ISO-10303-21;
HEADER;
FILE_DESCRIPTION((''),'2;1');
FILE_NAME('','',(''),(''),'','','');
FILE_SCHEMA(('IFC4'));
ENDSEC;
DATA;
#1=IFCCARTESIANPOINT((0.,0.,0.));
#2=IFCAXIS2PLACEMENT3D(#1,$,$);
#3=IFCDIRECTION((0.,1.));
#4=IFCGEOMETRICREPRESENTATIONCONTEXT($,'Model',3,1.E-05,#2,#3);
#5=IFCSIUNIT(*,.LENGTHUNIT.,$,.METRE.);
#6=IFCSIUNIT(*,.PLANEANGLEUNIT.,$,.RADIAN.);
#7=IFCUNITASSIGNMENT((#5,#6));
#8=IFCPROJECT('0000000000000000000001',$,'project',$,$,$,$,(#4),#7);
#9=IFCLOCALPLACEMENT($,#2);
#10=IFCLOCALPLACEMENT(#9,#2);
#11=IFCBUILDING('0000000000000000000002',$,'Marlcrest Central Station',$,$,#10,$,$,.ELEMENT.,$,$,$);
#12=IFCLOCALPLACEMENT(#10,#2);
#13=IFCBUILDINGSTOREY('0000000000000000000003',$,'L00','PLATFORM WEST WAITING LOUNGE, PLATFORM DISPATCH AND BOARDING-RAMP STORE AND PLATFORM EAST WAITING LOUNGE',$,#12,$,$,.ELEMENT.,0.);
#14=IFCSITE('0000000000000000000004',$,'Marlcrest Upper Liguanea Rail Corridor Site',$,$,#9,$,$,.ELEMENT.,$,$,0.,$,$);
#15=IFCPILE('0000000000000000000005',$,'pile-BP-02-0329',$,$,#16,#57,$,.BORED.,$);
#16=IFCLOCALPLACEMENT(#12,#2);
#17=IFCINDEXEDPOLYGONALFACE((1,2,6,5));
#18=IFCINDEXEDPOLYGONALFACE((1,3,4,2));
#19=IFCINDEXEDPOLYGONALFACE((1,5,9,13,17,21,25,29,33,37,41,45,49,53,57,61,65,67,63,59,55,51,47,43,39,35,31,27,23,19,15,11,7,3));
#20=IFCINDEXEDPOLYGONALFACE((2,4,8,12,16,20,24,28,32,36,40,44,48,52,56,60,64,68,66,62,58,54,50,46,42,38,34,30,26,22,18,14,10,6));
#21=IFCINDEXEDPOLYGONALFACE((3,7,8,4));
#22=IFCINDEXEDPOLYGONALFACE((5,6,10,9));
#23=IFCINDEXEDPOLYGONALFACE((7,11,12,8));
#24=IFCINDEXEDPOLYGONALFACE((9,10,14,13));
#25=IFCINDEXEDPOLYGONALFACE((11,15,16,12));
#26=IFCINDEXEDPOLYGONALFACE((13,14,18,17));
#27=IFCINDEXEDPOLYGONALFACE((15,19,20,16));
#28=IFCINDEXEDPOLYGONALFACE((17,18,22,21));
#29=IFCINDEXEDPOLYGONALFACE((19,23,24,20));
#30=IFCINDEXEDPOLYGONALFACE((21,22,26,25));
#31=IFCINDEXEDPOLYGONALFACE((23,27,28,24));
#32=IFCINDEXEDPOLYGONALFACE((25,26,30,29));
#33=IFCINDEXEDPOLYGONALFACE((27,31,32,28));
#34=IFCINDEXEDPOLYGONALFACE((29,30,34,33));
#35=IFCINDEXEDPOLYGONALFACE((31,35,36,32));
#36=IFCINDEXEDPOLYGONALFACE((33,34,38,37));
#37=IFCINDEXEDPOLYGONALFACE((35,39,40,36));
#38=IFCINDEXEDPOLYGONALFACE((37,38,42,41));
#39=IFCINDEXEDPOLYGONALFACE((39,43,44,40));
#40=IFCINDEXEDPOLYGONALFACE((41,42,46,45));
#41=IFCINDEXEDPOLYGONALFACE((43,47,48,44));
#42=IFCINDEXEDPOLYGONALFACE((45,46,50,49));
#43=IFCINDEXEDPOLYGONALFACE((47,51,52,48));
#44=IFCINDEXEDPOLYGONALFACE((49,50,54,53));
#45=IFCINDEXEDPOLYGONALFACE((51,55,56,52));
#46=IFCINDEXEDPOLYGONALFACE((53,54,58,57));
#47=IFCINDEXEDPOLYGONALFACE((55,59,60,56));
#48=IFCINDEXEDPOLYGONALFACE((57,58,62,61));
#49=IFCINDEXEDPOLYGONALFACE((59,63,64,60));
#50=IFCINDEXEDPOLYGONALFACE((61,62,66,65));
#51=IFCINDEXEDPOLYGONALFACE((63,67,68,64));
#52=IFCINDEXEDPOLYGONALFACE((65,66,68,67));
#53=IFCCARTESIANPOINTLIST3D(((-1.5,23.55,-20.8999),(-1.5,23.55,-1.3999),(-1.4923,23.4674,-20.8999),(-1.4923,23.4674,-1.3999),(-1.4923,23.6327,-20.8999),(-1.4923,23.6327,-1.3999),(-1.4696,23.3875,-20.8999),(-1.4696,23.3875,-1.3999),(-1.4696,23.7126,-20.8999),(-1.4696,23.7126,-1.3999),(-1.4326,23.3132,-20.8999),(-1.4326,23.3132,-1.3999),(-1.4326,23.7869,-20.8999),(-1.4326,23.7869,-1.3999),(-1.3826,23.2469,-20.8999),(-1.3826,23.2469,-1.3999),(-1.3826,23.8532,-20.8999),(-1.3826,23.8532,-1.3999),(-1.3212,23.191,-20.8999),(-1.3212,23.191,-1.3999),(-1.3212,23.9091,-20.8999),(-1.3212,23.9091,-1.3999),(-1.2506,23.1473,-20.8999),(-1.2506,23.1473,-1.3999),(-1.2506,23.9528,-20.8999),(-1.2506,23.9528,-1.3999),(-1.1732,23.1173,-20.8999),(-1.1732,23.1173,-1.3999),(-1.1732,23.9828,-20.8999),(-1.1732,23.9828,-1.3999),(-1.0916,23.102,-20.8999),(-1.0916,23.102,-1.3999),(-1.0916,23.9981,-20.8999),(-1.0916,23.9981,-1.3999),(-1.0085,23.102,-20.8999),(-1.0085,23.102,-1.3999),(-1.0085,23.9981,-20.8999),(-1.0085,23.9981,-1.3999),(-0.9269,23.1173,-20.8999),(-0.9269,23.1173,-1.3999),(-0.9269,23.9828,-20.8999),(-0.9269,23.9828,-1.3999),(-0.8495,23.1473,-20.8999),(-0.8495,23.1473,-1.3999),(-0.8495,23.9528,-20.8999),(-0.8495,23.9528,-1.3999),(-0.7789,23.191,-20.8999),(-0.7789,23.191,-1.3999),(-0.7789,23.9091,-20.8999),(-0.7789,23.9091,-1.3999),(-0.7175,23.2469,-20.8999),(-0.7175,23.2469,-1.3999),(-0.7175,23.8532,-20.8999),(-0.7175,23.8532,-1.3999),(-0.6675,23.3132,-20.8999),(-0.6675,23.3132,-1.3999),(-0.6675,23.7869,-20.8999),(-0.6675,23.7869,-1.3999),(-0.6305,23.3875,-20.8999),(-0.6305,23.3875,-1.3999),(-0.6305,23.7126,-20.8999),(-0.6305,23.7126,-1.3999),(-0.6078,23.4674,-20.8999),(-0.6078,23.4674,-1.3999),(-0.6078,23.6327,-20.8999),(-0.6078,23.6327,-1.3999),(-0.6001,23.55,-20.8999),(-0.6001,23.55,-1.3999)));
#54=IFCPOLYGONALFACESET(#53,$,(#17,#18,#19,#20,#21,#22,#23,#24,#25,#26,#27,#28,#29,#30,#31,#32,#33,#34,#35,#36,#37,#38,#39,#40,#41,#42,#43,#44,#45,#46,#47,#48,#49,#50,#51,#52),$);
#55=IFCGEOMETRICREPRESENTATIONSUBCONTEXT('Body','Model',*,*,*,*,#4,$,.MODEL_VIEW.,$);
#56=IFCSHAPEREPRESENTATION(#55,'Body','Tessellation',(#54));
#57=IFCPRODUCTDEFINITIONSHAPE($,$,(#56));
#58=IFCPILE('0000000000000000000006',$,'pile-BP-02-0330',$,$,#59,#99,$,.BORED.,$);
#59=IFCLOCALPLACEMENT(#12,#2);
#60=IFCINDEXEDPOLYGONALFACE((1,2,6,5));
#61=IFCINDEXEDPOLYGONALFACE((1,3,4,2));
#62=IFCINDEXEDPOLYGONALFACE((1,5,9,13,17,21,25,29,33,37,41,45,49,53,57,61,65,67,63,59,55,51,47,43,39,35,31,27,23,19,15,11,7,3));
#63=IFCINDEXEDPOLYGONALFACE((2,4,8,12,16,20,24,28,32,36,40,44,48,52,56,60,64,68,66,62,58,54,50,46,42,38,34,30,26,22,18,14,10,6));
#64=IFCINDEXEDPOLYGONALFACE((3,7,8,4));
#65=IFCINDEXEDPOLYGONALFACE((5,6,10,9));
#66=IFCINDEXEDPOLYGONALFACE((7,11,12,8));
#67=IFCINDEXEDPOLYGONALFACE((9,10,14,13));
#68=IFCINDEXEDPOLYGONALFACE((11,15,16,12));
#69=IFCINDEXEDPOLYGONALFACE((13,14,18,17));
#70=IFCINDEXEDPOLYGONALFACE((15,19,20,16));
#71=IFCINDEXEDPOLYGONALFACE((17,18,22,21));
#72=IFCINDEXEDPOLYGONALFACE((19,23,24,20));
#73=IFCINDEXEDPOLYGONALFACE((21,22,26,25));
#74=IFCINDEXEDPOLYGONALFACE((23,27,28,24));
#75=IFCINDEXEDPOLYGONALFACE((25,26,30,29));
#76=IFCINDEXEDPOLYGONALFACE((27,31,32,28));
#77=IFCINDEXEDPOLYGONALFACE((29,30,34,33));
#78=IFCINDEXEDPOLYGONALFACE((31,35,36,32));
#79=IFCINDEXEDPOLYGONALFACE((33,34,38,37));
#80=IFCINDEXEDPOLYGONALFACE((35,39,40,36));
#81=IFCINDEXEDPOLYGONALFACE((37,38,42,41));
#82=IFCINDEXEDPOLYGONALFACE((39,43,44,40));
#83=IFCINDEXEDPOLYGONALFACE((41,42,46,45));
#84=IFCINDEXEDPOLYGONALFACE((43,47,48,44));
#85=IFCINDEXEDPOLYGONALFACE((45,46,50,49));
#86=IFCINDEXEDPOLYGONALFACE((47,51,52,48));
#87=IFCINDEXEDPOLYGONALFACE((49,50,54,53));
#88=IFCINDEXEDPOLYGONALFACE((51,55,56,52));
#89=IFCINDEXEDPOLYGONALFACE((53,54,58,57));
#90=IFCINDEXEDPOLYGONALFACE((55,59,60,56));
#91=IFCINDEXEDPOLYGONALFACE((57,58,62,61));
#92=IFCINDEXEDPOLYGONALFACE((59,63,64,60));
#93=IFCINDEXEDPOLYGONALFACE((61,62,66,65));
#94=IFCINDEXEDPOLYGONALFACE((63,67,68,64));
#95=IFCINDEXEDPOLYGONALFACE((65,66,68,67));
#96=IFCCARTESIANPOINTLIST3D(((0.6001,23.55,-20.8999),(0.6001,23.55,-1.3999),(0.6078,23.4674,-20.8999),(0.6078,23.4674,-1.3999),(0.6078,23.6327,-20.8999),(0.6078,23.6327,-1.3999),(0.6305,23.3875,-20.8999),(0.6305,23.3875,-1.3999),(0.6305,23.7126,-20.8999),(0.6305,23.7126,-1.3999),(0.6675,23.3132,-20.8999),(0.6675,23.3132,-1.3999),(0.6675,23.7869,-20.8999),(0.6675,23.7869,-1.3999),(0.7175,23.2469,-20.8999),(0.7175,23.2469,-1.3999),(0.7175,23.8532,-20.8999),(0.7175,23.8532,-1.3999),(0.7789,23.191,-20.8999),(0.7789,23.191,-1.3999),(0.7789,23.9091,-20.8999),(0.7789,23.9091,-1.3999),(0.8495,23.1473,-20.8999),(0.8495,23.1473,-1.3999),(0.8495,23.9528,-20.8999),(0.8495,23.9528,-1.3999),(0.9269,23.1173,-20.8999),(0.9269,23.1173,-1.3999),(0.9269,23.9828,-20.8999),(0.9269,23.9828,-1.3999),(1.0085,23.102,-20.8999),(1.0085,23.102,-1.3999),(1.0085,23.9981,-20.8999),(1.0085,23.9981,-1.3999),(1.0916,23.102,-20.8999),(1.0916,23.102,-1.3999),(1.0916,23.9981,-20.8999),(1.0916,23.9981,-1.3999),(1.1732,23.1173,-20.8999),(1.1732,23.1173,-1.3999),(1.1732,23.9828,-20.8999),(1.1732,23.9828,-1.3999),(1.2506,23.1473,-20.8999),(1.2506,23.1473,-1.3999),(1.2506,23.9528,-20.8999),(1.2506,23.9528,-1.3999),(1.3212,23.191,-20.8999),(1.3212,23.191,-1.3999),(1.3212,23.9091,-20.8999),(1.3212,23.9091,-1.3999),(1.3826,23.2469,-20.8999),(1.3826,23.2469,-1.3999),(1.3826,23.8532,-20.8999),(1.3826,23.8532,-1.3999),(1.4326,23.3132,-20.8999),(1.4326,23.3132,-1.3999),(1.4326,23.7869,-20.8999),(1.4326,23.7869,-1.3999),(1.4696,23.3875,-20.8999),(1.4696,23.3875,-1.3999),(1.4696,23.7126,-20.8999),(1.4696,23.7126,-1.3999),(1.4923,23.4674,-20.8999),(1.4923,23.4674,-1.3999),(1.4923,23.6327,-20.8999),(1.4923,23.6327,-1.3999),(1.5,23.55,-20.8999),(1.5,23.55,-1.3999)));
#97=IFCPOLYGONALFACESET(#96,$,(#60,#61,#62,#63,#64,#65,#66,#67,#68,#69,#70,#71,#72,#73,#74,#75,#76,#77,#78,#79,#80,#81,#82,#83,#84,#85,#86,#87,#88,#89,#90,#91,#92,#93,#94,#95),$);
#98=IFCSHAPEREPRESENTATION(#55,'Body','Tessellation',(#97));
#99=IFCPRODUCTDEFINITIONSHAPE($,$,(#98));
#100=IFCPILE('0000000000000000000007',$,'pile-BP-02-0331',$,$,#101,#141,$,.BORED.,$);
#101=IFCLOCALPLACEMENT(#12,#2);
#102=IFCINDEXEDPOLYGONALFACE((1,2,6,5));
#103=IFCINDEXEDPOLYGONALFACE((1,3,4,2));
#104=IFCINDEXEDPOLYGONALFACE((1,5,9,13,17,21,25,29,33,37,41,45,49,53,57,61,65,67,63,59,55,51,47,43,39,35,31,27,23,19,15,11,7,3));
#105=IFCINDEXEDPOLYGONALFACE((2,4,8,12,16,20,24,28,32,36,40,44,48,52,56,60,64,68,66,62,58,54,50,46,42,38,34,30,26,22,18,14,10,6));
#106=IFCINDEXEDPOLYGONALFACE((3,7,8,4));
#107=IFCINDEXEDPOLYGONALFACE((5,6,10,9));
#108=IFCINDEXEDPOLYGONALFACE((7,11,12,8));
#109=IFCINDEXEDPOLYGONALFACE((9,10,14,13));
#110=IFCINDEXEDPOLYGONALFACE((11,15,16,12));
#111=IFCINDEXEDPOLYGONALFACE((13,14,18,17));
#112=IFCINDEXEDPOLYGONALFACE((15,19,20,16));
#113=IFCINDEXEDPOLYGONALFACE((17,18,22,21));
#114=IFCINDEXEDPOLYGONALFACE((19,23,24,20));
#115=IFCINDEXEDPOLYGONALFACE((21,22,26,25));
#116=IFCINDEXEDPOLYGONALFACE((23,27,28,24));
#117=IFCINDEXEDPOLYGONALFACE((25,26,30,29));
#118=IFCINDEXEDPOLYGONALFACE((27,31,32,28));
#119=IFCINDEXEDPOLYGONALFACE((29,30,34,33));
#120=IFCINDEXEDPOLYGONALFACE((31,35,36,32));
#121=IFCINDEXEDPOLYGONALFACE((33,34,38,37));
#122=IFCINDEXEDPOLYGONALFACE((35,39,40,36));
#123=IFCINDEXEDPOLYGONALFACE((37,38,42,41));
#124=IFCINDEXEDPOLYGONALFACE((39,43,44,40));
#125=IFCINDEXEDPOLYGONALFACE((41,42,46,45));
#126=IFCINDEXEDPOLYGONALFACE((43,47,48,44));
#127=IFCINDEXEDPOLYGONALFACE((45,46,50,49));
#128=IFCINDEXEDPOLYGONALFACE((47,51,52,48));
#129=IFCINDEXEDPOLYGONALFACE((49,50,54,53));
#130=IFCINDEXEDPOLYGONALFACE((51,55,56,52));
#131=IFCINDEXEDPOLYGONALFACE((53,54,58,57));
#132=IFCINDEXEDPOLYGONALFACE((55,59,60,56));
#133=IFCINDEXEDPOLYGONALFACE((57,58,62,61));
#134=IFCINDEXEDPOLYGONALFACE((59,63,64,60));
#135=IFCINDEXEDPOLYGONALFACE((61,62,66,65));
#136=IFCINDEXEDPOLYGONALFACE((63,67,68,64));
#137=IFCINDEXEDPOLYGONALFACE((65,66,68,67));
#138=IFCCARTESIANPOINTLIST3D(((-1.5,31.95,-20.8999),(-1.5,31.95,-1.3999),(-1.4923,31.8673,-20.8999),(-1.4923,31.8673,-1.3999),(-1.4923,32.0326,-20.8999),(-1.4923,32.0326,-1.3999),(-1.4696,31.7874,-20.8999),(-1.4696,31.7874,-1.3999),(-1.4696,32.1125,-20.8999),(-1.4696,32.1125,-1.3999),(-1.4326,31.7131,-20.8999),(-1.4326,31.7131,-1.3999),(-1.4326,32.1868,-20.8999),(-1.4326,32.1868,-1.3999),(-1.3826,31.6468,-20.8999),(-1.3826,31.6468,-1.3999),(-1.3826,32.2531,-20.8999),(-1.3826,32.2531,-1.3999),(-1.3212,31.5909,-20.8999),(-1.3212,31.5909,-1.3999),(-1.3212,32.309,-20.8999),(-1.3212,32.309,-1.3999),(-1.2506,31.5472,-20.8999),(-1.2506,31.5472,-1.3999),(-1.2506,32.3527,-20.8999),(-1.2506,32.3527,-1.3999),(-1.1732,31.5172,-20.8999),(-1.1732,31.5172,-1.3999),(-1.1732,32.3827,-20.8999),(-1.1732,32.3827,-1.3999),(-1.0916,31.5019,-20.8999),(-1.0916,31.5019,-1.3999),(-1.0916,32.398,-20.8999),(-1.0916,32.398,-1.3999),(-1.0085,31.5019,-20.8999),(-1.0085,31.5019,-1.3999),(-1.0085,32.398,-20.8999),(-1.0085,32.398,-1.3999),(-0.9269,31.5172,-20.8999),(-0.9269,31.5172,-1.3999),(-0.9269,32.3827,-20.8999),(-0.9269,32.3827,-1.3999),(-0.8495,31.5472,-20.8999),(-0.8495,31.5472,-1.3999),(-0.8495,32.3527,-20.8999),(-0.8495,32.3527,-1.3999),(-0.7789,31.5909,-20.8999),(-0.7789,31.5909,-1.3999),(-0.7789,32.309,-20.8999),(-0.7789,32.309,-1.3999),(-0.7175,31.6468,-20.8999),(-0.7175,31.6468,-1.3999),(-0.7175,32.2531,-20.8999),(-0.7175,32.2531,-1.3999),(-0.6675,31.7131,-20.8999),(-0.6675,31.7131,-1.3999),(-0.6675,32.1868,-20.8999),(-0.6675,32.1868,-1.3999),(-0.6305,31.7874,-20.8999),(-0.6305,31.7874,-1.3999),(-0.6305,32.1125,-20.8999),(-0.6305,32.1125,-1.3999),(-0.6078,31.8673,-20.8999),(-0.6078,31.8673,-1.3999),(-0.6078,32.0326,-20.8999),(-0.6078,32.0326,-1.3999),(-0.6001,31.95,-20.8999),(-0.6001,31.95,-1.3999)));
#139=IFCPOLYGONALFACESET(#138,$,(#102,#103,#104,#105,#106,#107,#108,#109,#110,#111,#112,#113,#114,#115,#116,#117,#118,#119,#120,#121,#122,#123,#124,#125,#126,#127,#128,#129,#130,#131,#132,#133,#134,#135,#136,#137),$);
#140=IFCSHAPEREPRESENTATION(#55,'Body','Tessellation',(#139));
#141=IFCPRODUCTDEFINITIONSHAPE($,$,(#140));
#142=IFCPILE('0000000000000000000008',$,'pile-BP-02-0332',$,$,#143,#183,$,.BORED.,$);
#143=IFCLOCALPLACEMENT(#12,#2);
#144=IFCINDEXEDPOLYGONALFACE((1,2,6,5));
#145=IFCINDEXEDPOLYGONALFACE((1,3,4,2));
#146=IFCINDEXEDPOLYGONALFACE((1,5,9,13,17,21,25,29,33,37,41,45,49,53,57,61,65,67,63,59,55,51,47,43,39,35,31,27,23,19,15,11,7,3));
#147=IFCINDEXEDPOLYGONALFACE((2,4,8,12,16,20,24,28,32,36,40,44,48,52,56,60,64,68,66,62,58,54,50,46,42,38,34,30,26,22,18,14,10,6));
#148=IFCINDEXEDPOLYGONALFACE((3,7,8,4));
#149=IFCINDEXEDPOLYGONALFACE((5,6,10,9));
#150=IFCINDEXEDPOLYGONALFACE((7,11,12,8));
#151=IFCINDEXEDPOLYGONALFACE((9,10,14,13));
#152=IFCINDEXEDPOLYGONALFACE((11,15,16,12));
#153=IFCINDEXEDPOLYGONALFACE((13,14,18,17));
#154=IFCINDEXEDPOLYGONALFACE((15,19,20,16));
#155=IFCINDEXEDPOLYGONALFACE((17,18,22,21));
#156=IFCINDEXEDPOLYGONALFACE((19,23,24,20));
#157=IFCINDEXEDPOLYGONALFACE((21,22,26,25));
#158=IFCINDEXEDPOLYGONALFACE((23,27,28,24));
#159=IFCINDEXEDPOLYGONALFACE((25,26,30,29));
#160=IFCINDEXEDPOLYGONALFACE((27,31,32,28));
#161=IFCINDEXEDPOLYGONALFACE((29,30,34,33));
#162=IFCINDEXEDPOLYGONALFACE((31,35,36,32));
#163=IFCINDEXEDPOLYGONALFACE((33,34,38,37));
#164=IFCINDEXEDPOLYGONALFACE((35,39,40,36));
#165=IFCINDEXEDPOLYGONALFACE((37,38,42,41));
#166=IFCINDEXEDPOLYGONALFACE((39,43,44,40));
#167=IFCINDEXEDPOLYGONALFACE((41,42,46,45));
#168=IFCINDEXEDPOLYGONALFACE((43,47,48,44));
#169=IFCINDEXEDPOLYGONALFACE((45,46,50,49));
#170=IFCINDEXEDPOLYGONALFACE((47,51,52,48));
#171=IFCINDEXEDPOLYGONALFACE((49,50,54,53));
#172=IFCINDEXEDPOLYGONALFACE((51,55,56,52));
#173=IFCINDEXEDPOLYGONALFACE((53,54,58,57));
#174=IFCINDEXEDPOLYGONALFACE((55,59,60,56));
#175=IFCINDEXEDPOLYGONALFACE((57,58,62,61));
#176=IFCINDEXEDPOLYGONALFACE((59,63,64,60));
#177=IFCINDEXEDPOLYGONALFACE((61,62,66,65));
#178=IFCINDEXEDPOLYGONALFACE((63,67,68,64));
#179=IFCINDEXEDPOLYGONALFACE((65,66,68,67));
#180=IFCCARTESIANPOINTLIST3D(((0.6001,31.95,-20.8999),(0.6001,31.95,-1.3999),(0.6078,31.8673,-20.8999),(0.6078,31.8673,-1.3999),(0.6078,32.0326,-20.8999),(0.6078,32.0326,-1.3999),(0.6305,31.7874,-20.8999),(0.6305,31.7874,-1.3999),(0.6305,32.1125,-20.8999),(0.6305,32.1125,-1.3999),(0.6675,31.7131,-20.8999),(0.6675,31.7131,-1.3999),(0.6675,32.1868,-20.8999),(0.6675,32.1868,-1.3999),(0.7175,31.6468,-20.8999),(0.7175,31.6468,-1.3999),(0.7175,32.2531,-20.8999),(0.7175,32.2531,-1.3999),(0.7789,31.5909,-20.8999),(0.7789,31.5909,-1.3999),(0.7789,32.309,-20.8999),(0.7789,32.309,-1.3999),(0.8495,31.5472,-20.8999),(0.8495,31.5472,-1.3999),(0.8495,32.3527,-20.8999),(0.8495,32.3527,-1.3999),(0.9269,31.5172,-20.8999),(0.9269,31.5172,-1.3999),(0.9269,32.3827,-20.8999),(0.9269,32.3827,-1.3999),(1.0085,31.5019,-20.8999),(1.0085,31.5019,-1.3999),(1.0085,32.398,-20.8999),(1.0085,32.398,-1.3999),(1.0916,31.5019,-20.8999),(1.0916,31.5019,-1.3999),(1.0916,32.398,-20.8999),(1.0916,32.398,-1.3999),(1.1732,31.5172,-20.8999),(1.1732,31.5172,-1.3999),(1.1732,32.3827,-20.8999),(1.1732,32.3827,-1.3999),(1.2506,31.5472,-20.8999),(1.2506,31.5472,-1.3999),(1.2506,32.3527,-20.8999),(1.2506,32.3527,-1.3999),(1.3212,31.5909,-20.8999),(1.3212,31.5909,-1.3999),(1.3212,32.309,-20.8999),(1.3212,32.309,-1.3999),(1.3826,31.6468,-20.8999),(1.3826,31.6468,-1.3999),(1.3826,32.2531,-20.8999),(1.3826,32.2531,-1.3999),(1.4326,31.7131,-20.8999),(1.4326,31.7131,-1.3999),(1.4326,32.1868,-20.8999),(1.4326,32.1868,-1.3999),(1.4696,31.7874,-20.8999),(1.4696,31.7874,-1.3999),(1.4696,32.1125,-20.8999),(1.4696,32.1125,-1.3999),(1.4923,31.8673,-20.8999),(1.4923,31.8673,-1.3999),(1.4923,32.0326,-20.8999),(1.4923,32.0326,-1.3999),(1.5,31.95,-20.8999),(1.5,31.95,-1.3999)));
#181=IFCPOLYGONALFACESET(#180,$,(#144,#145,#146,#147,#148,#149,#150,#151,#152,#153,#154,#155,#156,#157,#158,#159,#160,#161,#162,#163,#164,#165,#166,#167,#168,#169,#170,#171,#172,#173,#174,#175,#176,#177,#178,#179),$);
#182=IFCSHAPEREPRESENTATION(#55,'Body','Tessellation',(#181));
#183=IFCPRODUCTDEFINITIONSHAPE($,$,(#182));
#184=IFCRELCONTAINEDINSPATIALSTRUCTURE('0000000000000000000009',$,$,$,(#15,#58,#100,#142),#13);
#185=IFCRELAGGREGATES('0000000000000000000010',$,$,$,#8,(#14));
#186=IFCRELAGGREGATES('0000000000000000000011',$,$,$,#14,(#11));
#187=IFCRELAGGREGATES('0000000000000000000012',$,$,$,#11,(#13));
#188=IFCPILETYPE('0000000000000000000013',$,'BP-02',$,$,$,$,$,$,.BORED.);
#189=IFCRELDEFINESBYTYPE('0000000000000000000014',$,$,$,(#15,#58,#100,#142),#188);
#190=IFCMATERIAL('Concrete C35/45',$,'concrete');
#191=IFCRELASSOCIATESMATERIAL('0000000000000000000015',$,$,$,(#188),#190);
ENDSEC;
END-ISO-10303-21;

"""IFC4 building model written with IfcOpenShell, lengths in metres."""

from ifc_helpers import new_model, si_unit, direction, frame, origin, origin_2d, place, context, subcontext, project, spatial, circle, extrude, material, material_profile, profile_set, type_object, element, save


model = new_model("IFC4")

# Units and contexts
model_context = context("Model", 3, precision=1e-05, world=origin(), true_north=direction((0.0, 1.0)))
body_context = subcontext(model_context, "Body", "Model", "MODEL_VIEW")
ifc_project = project(units=[si_unit("LENGTHUNIT", "METRE"), si_unit("PLANEANGLEUNIT", "RADIAN")], contexts=[model_context])

# Site, building, storey
site_placement = place(None, origin())
site = spatial("IfcSite", under=ifc_project, at=site_placement, Name="Marlcrest Upper Liguanea Rail Corridor Site", CompositionType="ELEMENT", RefElevation=0.0)
building_placement = place(site_placement, origin())
building = spatial("IfcBuilding", under=site, at=building_placement, Name="Marlcrest Central Station", CompositionType="ELEMENT")
storey_placement = place(building_placement, origin())
storey = spatial("IfcBuildingStorey", under=building, at=storey_placement, Name="L00", Description="PLATFORM WEST WAITING LOUNGE, PLATFORM DISPATCH AND BOARDING-RAMP STORE AND PLATFORM EAST WAITING LOUNGE", CompositionType="ELEMENT", Elevation=0.0)

# Piles
ifc_material_1 = material(Name="Concrete C35/45", Category="concrete")
ifc_material_profile_1 = material_profile(ifc_material_1, circle(Radius=0.45, at=origin_2d()), Name="PILE D900")
ifc_profile_set_1 = profile_set([ifc_material_profile_1], Name="Concrete C35/45")
pile_type = type_object("IfcPileType", Name="BP-02", PredefinedType="BORED", material=ifc_profile_set_1)
for number, where, z_axis, x_axis, name in (
    (1, (-1.05, 23.55, -1.3999), (0.0, 0.0, -1.0), (1.0, 0.0, 0.0), "pile-BP-02-0329"),
    (2, (1.05, 23.55, -1.3999), (0.0, 0.0, -1.0), (1.0, 0.0, 0.0), "pile-BP-02-0330"),
    (3, (-1.05, 31.95, -1.3999), (0.0, 0.0, -1.0), (1.0, 0.0, 0.0), "pile-BP-02-0331"),
    (4, (1.05, 31.95, -1.3999), (0.0, 0.0, -1.0), (1.0, 0.0, 0.0), "pile-BP-02-0332"),
):
    element("IfcPile", number, at=place(storey_placement, frame(where, z_axis=z_axis, x_axis=x_axis)), inside=storey, type_object=pile_type, Name=name, PredefinedType="BORED", context=body_context, shape_type="SweptSolid", body=[
        extrude(circle(Radius=0.45, at=origin_2d()), origin(), (0.0, 0.0, 1.0), 19.5),
    ])

save(model, "model.ifc")
